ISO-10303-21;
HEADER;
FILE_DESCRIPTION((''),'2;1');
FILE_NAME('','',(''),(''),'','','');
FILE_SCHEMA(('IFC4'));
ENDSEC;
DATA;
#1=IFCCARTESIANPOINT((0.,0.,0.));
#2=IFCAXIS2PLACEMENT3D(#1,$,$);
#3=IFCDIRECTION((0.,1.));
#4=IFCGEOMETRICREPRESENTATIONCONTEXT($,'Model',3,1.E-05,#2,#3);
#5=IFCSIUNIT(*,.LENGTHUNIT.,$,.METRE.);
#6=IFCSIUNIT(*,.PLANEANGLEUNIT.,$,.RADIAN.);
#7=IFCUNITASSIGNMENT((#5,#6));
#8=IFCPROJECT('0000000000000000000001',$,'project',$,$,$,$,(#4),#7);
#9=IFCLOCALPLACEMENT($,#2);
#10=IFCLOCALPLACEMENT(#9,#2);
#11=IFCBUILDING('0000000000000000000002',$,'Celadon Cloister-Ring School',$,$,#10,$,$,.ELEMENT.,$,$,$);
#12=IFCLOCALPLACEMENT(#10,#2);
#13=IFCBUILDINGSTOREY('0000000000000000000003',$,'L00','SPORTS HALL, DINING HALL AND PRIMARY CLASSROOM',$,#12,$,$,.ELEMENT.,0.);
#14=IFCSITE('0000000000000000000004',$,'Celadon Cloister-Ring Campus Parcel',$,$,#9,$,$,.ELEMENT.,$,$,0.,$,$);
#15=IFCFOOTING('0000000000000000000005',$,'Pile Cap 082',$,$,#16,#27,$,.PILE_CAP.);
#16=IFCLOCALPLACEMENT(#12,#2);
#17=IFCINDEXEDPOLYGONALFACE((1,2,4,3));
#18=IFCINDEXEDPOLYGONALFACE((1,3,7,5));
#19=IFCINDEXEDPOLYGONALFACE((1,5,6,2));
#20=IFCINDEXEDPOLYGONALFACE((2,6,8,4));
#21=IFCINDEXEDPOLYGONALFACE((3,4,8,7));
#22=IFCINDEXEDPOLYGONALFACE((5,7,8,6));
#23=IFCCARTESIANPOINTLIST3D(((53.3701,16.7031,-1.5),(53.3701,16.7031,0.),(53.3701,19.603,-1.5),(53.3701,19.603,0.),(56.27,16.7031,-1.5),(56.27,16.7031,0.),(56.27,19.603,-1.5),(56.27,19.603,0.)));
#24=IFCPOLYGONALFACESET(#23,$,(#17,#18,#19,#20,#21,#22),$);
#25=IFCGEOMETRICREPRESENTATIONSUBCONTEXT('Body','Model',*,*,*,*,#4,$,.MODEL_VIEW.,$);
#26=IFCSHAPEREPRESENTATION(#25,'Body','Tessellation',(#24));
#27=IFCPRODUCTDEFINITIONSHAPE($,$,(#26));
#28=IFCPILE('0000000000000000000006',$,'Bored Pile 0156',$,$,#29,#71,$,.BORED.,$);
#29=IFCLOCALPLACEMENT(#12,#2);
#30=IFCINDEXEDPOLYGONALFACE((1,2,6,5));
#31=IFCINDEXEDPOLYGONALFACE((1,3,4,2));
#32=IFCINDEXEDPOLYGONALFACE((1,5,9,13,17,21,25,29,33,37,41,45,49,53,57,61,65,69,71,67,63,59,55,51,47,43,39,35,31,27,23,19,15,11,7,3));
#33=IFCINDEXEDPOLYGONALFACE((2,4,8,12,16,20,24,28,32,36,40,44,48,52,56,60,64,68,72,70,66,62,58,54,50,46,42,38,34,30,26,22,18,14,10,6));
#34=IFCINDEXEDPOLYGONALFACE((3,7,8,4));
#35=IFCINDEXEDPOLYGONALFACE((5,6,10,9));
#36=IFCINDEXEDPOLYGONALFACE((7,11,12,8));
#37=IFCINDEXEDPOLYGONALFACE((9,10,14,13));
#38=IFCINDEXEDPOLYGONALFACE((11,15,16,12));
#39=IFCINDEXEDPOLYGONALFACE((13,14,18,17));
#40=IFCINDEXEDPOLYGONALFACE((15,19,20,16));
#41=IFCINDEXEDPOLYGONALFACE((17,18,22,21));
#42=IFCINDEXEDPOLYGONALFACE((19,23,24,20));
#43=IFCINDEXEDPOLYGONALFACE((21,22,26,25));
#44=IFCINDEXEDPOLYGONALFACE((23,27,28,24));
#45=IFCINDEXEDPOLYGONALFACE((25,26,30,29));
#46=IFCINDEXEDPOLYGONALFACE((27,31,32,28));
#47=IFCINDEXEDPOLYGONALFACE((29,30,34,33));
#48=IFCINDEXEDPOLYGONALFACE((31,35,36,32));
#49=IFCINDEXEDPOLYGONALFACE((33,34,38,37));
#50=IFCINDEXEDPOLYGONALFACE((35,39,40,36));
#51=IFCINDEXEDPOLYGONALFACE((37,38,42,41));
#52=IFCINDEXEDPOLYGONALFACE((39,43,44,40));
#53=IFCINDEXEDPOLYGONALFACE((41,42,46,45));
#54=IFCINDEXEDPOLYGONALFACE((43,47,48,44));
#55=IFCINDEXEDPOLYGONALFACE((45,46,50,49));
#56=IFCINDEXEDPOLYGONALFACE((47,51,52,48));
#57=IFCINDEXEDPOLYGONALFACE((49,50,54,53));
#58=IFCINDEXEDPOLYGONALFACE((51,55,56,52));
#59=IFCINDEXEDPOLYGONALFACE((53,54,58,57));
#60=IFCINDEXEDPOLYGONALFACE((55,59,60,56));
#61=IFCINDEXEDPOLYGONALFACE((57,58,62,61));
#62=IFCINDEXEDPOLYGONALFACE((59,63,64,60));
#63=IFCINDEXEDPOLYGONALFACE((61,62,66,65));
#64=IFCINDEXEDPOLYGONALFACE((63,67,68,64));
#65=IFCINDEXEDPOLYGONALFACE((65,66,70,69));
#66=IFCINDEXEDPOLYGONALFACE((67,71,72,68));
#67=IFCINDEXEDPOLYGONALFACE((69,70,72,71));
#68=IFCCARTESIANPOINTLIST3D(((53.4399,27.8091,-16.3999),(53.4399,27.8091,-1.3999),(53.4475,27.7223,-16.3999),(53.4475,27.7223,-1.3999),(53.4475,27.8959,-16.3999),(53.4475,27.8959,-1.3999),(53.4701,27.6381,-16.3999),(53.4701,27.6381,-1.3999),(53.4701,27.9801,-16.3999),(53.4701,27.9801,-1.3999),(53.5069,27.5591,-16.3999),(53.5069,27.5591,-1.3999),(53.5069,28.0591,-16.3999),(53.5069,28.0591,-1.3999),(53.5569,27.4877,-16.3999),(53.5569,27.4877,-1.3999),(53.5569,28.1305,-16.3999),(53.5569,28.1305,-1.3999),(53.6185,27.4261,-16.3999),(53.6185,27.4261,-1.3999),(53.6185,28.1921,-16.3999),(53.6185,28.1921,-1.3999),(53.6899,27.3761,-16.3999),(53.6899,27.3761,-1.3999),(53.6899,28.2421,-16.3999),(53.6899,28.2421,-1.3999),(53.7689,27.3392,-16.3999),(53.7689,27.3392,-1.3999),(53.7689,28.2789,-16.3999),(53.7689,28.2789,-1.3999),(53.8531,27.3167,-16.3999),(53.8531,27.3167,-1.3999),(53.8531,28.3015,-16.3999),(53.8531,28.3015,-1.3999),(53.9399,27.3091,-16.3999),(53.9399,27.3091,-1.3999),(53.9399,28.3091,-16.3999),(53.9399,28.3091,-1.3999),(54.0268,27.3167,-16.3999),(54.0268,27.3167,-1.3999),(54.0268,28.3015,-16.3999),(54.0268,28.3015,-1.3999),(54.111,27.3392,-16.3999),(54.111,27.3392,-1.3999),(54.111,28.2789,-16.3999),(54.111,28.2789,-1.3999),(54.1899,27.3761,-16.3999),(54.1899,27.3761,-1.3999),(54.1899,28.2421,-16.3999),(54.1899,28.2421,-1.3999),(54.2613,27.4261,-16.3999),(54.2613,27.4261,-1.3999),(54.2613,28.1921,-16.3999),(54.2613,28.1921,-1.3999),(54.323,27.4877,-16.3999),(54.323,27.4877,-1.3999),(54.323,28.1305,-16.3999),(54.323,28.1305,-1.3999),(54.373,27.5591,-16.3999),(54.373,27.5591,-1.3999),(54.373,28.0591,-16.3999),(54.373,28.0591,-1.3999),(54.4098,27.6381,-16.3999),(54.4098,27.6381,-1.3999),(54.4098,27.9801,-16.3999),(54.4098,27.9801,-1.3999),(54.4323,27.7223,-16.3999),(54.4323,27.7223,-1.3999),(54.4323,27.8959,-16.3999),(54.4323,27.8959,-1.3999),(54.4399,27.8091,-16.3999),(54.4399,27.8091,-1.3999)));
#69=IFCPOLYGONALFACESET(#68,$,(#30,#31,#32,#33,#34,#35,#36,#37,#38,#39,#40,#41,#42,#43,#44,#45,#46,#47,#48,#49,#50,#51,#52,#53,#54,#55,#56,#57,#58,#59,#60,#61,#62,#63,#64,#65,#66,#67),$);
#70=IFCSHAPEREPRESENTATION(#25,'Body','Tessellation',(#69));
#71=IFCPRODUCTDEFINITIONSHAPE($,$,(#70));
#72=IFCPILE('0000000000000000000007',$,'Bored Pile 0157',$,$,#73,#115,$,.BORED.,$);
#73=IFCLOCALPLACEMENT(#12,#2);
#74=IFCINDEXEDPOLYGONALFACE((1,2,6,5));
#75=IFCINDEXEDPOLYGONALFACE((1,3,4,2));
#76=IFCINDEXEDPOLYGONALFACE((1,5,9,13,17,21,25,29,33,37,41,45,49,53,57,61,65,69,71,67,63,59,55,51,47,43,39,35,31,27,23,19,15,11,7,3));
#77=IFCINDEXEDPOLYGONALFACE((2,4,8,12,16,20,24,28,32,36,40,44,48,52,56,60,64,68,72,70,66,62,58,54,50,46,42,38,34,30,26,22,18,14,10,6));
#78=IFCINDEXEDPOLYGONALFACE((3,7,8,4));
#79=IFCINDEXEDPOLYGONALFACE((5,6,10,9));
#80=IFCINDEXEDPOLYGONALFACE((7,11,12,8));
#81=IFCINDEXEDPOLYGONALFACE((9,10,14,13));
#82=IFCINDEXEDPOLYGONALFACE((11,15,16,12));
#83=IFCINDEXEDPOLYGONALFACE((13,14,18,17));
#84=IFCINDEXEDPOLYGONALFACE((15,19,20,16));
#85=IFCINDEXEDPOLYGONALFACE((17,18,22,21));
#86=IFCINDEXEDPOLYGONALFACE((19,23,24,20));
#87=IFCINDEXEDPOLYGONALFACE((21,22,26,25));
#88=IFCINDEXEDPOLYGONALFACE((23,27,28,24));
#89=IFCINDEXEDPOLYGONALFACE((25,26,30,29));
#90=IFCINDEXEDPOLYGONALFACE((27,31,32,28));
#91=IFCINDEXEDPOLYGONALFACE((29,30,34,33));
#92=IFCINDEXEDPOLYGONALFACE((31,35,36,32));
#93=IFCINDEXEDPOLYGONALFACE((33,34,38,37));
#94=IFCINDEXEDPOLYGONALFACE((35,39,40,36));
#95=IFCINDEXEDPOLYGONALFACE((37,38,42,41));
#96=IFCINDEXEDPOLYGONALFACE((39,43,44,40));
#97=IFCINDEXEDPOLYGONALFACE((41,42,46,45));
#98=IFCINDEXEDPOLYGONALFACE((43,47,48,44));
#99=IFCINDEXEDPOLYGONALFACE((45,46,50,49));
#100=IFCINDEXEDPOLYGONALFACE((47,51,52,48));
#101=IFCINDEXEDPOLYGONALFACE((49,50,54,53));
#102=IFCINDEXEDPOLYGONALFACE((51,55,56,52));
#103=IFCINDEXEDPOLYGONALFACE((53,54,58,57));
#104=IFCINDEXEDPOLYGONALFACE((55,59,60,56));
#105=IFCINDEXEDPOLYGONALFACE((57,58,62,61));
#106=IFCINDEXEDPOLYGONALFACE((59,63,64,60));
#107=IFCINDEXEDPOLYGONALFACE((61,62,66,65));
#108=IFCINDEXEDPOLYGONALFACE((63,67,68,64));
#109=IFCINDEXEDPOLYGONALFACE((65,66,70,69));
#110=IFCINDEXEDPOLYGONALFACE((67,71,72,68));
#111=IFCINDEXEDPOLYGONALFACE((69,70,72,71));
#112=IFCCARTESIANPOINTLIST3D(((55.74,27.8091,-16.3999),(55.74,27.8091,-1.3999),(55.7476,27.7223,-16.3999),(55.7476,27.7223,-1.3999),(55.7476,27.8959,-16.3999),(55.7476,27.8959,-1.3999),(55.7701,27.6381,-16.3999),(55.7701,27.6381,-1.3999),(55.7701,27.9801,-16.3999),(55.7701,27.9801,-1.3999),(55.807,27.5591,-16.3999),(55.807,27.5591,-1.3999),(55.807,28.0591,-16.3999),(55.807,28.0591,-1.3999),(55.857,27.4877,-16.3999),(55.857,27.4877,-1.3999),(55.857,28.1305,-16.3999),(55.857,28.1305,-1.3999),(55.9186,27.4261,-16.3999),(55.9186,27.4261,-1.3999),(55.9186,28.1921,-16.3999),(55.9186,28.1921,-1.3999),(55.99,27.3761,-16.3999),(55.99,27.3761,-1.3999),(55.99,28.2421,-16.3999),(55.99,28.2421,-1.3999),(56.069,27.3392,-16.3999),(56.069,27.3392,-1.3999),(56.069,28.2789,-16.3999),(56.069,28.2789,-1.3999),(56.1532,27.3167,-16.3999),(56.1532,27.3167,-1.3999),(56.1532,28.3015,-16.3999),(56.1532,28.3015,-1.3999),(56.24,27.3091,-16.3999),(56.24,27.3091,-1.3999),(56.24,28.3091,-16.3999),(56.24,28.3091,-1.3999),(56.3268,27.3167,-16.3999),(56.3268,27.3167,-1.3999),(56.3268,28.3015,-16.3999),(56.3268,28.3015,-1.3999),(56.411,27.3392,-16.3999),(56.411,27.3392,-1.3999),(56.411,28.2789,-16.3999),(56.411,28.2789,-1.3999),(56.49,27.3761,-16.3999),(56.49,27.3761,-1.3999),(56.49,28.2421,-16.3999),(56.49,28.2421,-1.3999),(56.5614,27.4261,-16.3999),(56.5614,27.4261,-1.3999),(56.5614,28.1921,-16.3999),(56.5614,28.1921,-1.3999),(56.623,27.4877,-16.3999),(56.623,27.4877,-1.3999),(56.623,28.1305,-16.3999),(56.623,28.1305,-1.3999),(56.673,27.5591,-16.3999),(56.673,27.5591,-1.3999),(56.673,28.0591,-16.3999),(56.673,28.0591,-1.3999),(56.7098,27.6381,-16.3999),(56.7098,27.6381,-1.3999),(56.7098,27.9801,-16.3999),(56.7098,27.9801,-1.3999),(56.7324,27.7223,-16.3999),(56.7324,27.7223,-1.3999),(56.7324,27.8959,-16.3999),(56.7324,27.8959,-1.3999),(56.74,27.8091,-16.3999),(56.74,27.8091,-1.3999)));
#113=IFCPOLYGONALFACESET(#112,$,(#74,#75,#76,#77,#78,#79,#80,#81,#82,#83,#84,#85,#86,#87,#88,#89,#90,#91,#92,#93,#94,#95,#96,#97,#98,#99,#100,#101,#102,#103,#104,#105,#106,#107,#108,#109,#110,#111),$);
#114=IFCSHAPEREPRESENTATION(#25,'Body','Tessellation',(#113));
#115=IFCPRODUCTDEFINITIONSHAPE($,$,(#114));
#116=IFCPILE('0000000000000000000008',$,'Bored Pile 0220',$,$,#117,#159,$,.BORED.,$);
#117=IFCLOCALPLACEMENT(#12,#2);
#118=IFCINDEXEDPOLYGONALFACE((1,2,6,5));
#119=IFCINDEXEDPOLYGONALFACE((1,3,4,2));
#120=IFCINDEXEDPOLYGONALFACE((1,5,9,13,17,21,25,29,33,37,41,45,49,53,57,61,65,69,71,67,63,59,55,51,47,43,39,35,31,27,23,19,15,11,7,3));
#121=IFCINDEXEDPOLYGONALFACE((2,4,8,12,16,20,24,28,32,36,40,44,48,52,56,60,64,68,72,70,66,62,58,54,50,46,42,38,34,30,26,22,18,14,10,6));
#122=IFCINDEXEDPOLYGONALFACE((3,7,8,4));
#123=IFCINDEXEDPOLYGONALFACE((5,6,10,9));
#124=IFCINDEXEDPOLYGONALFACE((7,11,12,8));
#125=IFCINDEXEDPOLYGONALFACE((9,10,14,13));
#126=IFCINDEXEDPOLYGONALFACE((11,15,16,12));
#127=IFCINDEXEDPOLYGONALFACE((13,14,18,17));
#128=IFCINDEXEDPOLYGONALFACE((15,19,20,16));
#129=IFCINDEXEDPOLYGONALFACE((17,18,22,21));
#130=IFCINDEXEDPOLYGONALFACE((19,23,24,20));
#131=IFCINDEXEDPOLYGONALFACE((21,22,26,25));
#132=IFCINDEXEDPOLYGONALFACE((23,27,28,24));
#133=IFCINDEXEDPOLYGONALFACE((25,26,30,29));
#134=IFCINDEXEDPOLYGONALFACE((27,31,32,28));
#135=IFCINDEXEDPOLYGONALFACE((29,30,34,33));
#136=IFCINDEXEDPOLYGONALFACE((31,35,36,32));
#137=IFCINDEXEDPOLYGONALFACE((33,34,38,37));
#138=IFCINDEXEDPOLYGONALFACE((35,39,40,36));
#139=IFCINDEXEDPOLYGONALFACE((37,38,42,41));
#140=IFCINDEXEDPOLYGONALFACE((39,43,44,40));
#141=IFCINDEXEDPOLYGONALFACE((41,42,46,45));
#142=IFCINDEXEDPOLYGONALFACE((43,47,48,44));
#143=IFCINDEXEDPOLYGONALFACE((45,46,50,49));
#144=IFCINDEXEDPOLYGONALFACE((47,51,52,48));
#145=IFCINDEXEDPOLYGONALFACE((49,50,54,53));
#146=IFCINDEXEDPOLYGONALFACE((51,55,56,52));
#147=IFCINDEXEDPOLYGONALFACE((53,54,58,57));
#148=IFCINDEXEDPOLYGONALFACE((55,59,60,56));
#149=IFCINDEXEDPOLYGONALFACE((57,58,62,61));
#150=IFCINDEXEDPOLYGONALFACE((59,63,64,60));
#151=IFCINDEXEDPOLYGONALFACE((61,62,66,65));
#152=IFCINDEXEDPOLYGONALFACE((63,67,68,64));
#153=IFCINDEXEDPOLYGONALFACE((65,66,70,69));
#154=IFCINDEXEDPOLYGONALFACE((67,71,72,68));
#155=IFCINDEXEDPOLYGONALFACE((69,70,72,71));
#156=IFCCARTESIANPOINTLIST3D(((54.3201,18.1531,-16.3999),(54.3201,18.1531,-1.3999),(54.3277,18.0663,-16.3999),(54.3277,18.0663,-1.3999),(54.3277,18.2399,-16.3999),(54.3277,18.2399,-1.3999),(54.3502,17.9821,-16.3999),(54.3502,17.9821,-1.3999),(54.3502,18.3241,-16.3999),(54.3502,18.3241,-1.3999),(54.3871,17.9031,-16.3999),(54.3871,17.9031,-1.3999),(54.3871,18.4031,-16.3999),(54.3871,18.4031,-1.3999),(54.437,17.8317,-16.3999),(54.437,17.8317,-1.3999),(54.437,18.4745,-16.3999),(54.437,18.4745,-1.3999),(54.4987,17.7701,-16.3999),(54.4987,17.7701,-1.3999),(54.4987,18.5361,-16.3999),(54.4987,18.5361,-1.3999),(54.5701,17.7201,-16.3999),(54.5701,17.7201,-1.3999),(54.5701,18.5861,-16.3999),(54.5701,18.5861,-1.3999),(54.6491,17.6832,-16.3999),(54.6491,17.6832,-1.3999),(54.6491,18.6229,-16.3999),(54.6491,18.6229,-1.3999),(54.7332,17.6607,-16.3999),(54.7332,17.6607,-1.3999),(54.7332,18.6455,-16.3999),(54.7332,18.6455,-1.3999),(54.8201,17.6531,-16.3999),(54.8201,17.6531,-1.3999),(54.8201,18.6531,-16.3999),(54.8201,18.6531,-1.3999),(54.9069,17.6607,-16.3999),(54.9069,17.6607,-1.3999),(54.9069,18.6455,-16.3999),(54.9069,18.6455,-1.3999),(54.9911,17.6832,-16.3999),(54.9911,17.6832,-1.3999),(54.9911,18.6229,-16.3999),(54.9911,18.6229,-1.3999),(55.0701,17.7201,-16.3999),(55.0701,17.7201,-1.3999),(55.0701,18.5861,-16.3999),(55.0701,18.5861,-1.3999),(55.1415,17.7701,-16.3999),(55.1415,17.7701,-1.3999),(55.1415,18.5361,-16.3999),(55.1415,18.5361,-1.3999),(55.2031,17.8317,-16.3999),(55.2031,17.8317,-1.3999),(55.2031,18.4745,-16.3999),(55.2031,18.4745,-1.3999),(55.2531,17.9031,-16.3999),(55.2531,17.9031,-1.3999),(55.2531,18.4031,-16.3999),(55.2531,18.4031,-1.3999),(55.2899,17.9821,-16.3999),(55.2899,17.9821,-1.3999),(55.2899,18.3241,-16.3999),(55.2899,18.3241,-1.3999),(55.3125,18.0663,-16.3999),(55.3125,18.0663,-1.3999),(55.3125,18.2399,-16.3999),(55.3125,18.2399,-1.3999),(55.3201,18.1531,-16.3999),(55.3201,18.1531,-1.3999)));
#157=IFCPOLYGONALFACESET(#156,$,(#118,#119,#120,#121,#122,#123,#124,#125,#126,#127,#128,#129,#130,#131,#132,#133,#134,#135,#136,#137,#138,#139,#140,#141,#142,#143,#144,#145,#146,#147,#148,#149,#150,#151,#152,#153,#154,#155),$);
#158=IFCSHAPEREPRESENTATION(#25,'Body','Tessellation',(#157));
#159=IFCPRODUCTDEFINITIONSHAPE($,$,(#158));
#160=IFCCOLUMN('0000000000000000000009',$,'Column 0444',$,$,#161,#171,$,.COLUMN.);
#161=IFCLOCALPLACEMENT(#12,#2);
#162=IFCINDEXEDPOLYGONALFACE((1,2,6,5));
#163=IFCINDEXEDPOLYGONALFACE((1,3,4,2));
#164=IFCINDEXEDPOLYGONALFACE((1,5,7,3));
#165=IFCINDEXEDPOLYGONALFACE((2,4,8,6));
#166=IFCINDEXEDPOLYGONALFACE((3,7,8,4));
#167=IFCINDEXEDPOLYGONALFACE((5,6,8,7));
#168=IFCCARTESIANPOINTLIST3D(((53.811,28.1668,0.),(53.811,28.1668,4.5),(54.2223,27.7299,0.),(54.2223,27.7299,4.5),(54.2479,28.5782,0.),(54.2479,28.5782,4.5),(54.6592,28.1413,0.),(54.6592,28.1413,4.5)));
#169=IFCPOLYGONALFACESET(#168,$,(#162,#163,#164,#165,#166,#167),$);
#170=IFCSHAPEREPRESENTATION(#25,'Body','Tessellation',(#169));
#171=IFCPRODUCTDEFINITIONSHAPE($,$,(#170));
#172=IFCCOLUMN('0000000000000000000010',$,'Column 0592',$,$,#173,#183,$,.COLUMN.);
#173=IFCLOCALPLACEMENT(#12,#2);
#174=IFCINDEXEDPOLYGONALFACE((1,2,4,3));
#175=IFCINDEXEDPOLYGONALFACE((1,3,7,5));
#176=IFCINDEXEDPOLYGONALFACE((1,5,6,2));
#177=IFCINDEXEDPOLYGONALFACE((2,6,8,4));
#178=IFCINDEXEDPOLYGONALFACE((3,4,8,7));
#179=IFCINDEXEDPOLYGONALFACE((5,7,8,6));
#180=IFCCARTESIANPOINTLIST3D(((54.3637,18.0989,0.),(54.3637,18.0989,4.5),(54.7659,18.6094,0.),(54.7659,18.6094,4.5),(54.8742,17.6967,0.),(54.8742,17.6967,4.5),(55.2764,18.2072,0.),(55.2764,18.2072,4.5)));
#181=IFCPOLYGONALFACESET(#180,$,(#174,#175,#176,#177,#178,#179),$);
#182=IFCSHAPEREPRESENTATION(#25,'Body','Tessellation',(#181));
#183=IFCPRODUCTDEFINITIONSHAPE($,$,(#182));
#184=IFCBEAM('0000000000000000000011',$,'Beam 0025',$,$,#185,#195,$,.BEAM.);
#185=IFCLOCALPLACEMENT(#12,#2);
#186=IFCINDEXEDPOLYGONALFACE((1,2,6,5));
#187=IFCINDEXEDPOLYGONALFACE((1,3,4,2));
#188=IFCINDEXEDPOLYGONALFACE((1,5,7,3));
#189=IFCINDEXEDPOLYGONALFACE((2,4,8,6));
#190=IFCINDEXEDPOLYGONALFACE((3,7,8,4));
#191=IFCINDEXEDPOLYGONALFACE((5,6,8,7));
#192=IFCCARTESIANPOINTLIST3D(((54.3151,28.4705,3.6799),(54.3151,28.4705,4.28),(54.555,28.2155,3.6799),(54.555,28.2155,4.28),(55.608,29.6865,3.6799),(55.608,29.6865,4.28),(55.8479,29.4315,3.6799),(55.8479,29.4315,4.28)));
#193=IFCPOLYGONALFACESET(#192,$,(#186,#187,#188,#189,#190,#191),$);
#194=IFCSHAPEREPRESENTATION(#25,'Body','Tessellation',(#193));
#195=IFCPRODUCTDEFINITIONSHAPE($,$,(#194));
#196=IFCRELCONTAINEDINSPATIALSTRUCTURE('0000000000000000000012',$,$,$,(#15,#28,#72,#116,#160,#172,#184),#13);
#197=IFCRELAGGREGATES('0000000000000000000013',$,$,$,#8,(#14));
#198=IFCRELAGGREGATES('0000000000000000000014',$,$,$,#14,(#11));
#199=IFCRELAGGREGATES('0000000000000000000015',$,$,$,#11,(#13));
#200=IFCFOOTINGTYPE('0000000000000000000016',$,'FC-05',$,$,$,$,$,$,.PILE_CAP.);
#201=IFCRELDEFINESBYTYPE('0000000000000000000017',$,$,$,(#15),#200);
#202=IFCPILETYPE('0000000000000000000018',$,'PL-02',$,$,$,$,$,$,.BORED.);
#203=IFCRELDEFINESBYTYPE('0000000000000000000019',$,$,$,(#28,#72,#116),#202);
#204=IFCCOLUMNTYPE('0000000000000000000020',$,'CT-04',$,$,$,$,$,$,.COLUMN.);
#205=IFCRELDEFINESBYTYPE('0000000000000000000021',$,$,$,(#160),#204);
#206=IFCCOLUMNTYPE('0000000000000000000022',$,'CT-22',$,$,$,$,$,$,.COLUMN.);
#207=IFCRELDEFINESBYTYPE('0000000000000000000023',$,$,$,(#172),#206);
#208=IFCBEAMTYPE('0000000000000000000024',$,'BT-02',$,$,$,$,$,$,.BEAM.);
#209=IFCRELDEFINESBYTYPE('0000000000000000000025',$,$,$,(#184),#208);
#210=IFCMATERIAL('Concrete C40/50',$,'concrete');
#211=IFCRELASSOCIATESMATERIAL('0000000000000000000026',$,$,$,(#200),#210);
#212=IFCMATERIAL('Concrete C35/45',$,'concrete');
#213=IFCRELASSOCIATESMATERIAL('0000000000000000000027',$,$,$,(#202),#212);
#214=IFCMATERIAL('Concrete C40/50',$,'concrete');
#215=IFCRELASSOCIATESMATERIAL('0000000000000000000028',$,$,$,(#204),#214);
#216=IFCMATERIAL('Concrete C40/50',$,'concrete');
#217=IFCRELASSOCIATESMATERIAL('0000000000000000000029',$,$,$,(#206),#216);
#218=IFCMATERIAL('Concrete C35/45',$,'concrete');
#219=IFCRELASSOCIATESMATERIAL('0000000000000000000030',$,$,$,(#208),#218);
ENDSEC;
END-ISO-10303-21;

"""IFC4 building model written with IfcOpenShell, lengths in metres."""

from ifc_helpers import new_model, si_unit, direction, frame, origin, origin_2d, place, context, subcontext, project, spatial, rectangle, circle, extrude, material, material_profile, profile_set, type_object, element, save


model = new_model("IFC4")

# Units and contexts
model_context = context("Model", 3, precision=1e-05, world=origin(), true_north=direction((0.0, 1.0)))
body_context = subcontext(model_context, "Body", "Model", "MODEL_VIEW")
ifc_project = project(units=[si_unit("LENGTHUNIT", "METRE"), si_unit("PLANEANGLEUNIT", "RADIAN")], contexts=[model_context])

# Site, building, storey
site_placement = place(None, origin())
site = spatial("IfcSite", under=ifc_project, at=site_placement, Name="Celadon Cloister-Ring Campus Parcel", CompositionType="ELEMENT", RefElevation=0.0)
building_placement = place(site_placement, origin())
building = spatial("IfcBuilding", under=site, at=building_placement, Name="Celadon Cloister-Ring School", CompositionType="ELEMENT")
storey_placement = place(building_placement, origin())
storey = spatial("IfcBuildingStorey", under=building, at=storey_placement, Name="L00", Description="SPORTS HALL, DINING HALL AND PRIMARY CLASSROOM", CompositionType="ELEMENT", Elevation=0.0)

# Footing
ifc_material_1 = material(Name="Concrete C40/50", Category="concrete")
footing_type = type_object("IfcFootingType", Name="FC-05", PredefinedType="PILE_CAP", material=ifc_material_1)
footing_placement = place(storey_placement, frame((54.8201, 18.1531, -1.5), z_axis=(0.0, 0.0, 1.0), x_axis=(1.0, 0.0, 0.0)))
element("IfcFooting", 1, at=footing_placement, inside=storey, type_object=footing_type, Name="Pile Cap 082", PredefinedType="PILE_CAP", context=body_context, shape_type="SweptSolid", body=[
    extrude(rectangle(XDim=2.8999, YDim=2.8999, at=origin_2d()), origin(), (0.0, 0.0, 1.0), 1.5),
])

# Piles
ifc_material_2 = material(Name="Concrete C35/45", Category="concrete")
ifc_material_profile_1 = material_profile(ifc_material_2, circle(Radius=0.5, at=origin_2d()), Name="PILE1000")
ifc_profile_set_1 = profile_set([ifc_material_profile_1], Name="Concrete C35/45")
pile_type = type_object("IfcPileType", Name="PL-02", PredefinedType="BORED", material=ifc_profile_set_1)
for number, where, z_axis, x_axis, name in (
    (2, (53.9399, 27.8091, -1.3999), (0.0, 0.0, -1.0), (1.0, 0.0, 0.0), "Bored Pile 0156"),
    (3, (56.24, 27.8091, -1.3999), (0.0, 0.0, -1.0), (1.0, 0.0, 0.0), "Bored Pile 0157"),
    (4, (54.8201, 18.1531, -1.3999), (0.0, 0.0, -1.0), (1.0, 0.0, 0.0), "Bored Pile 0220"),
):
    element("IfcPile", number, at=place(storey_placement, frame(where, z_axis=z_axis, x_axis=x_axis)), inside=storey, type_object=pile_type, Name=name, PredefinedType="BORED", context=body_context, shape_type="SweptSolid", body=[
        extrude(circle(Radius=0.5, at=origin_2d()), origin(), (0.0, 0.0, 1.0), 15.0),
    ])

# Columns
ifc_material_3 = material(Name="Concrete C40/50", Category="concrete")
ifc_material_profile_2 = material_profile(ifc_material_3, rectangle(XDim=0.6001, YDim=0.6001, at=origin_2d()), Name="RC600X600")
ifc_profile_set_2 = profile_set([ifc_material_profile_2], Name="Concrete C40/50")
column_type_1 = type_object("IfcColumnType", Name="CT-04", PredefinedType="COLUMN", material=ifc_profile_set_2)
column_1_placement = place(storey_placement, frame((54.2351, 28.1541, 0.0), z_axis=(0.0, 0.0, 1.0), x_axis=(-0.728108, -0.685463, 0.0)))
element("IfcColumn", 5, at=column_1_placement, inside=storey, type_object=column_type_1, Name="Column 0444", PredefinedType="COLUMN", context=body_context, shape_type="SweptSolid", body=[
    extrude(rectangle(XDim=0.6001, YDim=0.6001, at=origin_2d()), origin(), (0.0, 0.0, 1.0), 4.5),
])
ifc_material_4 = material(Name="Concrete C40/50", Category="concrete")
ifc_material_profile_3 = material_profile(ifc_material_4, rectangle(XDim=0.6499, YDim=0.6499, at=origin_2d()), Name="RC650X650")
ifc_profile_set_3 = profile_set([ifc_material_profile_3], Name="Concrete C40/50")
column_type_2 = type_object("IfcColumnType", Name="CT-22", PredefinedType="COLUMN", material=ifc_profile_set_3)
column_2_placement = place(storey_placement, frame((54.8201, 18.1531, 0.0), z_axis=(0.0, 0.0, 1.0), x_axis=(-0.618847, -0.785511, 0.0)))
element("IfcColumn", 6, at=column_2_placement, inside=storey, type_object=column_type_2, Name="Column 0592", PredefinedType="COLUMN", context=body_context, shape_type="SweptSolid", body=[
    extrude(rectangle(XDim=0.6499, YDim=0.6499, at=origin_2d()), origin(), (0.0, 0.0, 1.0), 4.5),
])

# Beam
ifc_material_5 = material(Name="Concrete C35/45", Category="concrete")
ifc_material_profile_4 = material_profile(ifc_material_5, rectangle(XDim=0.3501, YDim=0.6001, at=origin_2d()), Name="RC350X600")
ifc_profile_set_4 = profile_set([ifc_material_profile_4], Name="Concrete C35/45")
beam_type_1 = type_object("IfcBeamType", Name="BT-02", PredefinedType="BEAM", material=ifc_profile_set_4)
beam_1_placement = place(storey_placement, frame((54.4351, 28.343, 3.98), z_axis=(0.728438, 0.685112, 0.0), x_axis=(-0.685112, 0.728438, 0.0)))
element("IfcBeam", 7, at=beam_1_placement, inside=storey, type_object=beam_type_1, Name="Beam 0025", PredefinedType="BEAM", context=body_context, shape_type="SweptSolid", body=[
    extrude(rectangle(XDim=0.3501, YDim=0.6001, at=origin_2d()), origin(), (0.0, 0.0, 1.0), 1.7749),
])

save(model, "model.ifc")
